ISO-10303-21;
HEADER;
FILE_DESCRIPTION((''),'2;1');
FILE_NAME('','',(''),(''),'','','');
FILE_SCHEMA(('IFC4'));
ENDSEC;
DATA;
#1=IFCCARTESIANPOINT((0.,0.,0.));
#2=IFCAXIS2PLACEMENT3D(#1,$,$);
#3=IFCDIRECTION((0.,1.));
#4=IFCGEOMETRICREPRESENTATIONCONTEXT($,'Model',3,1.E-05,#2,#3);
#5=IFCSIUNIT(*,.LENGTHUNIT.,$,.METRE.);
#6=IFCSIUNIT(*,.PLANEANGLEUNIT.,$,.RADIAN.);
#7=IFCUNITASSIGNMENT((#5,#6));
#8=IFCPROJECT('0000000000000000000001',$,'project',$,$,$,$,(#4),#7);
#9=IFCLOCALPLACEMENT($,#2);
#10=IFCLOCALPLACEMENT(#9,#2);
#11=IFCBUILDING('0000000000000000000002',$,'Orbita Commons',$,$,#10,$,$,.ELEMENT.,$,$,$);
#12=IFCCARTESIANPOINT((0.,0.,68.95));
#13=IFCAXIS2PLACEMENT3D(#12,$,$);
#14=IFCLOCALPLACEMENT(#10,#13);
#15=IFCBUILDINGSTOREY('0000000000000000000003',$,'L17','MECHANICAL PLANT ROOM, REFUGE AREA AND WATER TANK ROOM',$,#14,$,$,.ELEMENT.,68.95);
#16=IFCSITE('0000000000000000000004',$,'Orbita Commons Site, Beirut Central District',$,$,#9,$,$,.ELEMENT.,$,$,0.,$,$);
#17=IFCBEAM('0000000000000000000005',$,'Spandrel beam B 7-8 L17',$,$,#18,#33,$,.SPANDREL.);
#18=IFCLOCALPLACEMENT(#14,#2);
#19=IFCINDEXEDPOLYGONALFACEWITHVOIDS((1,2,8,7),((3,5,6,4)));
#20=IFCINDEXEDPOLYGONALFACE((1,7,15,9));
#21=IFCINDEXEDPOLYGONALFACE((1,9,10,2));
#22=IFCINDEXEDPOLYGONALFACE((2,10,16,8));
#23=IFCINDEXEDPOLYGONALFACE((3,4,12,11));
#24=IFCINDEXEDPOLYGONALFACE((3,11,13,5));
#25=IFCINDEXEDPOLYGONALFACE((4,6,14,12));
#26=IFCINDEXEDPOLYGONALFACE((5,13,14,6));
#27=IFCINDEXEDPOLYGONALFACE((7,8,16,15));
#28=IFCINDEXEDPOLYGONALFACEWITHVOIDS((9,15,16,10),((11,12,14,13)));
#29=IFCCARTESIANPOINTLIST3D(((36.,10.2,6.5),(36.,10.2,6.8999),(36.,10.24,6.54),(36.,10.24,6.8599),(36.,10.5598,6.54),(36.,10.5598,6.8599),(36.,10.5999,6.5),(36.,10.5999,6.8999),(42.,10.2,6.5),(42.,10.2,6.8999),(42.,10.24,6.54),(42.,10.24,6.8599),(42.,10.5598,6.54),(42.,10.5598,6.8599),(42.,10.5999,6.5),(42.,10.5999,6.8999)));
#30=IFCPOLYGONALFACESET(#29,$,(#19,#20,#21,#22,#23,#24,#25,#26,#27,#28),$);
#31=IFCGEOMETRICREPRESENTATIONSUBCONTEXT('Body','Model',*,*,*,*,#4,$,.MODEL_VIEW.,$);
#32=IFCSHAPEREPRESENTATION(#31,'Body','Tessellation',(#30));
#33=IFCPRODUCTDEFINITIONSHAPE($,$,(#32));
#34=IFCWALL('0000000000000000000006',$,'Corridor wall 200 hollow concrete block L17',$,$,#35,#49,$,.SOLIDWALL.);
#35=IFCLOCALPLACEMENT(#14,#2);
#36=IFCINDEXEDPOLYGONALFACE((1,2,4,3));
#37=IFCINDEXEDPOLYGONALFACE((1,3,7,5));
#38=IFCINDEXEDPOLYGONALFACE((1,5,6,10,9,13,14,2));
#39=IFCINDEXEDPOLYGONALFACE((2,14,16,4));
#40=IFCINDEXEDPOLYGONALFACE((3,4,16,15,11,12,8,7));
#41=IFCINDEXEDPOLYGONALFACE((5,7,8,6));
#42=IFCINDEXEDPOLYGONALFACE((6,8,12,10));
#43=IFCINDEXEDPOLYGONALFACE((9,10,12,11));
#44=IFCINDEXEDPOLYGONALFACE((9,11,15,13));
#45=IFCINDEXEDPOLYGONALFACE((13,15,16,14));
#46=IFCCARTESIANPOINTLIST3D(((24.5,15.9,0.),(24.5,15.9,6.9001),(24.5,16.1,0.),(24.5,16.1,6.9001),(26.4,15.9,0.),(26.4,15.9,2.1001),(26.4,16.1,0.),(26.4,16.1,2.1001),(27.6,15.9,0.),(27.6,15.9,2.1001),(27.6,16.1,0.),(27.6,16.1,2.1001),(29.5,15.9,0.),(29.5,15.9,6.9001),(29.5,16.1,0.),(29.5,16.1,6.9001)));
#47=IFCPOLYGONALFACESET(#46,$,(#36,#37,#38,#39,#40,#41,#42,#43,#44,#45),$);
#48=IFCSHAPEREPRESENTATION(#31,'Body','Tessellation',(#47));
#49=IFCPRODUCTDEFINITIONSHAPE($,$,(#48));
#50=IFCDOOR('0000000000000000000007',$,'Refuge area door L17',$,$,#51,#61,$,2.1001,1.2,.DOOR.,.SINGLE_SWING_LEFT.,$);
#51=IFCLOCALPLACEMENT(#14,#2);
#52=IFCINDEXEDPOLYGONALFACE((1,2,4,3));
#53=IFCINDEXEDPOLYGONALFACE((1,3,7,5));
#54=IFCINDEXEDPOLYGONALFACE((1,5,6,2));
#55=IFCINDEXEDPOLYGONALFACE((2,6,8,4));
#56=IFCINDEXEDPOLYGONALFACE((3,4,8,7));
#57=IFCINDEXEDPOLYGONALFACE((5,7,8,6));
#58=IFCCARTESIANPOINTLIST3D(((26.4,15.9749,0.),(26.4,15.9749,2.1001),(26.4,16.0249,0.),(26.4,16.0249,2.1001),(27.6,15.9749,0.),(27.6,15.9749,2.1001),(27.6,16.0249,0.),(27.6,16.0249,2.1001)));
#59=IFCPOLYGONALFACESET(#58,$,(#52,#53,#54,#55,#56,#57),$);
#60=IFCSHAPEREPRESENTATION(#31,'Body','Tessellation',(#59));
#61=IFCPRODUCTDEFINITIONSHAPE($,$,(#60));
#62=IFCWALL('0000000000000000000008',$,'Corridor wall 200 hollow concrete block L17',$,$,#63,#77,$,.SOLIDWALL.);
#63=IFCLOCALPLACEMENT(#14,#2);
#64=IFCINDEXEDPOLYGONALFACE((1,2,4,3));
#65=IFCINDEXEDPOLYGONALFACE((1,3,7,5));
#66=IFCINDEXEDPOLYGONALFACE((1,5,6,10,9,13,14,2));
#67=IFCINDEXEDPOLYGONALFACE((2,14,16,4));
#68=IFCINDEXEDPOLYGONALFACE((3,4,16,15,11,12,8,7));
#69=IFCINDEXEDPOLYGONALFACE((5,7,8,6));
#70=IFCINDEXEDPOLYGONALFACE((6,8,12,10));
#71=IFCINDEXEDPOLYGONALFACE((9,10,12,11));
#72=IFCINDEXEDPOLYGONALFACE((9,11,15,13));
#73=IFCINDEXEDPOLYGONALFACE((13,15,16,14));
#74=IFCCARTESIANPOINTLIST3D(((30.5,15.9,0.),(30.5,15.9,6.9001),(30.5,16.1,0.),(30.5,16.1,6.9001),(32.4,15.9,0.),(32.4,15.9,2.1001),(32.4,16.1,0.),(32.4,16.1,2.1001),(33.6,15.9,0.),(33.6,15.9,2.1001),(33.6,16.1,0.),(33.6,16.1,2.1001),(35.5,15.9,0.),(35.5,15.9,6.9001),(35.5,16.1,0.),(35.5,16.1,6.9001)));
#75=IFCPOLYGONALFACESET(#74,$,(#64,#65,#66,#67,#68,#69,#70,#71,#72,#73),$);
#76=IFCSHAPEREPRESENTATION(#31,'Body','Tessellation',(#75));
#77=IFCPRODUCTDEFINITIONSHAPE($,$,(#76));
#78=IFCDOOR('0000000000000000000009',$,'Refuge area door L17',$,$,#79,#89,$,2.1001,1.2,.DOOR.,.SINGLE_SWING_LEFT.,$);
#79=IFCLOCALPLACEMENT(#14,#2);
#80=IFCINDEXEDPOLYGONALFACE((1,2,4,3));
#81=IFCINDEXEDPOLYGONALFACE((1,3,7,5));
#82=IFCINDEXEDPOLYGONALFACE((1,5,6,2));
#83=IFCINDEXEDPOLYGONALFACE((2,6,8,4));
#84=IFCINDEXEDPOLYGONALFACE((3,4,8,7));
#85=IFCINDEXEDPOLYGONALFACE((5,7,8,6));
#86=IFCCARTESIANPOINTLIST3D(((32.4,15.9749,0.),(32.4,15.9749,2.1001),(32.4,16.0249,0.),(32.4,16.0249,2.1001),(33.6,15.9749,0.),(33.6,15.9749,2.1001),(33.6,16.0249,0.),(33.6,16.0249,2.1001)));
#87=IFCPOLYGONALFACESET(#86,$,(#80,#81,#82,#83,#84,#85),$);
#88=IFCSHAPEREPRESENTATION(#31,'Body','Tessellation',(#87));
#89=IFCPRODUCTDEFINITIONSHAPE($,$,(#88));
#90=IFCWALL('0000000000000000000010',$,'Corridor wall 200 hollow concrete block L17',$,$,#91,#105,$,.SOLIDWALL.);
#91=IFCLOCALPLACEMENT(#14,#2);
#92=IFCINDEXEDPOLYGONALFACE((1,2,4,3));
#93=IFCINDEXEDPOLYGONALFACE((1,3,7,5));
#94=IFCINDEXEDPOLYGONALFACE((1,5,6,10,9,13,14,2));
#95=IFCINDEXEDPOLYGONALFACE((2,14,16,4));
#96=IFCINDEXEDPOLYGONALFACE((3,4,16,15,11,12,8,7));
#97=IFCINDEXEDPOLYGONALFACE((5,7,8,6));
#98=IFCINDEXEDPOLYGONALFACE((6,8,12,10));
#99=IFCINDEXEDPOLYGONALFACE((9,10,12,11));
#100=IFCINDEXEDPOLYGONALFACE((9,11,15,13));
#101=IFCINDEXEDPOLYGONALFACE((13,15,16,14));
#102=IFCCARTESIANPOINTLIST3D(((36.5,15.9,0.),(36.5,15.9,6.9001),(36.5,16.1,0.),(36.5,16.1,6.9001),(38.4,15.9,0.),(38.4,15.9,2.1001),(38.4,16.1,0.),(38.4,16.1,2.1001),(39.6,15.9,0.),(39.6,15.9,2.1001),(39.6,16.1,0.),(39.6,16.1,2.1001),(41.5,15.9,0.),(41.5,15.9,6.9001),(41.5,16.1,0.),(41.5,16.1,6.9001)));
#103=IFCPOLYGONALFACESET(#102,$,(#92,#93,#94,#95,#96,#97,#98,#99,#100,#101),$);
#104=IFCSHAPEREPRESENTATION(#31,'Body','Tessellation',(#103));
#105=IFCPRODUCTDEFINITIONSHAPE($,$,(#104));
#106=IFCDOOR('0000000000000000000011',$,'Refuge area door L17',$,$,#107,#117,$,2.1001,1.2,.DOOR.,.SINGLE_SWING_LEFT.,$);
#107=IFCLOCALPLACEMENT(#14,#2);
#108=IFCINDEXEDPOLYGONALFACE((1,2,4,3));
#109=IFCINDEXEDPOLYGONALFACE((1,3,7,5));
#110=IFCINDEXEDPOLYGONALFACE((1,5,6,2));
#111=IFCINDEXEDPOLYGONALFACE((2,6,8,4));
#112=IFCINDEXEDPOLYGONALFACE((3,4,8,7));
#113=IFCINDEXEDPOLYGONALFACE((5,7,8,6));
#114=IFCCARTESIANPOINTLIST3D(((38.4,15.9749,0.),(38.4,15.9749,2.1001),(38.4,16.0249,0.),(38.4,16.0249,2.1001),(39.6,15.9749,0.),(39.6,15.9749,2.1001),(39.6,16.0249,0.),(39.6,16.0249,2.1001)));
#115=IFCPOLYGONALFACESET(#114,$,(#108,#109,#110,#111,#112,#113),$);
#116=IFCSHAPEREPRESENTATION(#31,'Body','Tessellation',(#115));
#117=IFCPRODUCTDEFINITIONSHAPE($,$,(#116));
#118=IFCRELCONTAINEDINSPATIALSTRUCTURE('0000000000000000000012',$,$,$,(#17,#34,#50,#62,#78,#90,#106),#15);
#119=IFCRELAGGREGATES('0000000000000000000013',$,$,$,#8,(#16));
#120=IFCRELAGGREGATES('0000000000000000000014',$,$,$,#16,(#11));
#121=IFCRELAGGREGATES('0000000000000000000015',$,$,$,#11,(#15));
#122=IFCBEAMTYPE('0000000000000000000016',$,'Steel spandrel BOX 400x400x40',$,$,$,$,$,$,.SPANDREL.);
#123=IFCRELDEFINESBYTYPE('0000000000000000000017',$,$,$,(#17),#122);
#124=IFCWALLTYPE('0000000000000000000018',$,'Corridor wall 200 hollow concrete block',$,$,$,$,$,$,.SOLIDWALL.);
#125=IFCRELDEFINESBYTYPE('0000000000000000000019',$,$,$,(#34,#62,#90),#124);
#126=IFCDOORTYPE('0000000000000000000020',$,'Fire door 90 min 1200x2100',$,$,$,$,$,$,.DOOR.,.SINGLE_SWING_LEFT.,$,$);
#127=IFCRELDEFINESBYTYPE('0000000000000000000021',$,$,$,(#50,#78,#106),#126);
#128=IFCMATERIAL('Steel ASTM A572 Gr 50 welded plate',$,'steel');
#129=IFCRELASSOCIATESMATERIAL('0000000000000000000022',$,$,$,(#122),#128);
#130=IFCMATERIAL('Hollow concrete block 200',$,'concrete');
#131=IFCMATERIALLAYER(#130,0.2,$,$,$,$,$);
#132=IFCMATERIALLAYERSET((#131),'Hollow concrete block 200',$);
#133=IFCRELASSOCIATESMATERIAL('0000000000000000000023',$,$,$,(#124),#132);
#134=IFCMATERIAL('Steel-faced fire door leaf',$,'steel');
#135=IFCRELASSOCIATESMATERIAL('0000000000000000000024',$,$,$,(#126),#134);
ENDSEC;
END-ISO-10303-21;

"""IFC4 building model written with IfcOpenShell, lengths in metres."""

from ifc_helpers import new_model, si_unit, direction, frame, frame_2d, origin, origin_2d, place, context, subcontext, project, spatial, rectangle, hollow_rectangle, extrude, material, layer, layer_set, material_profile, profile_set, type_object, element, fill, save


model = new_model("IFC4")

# Units and contexts
model_context = context("Model", 3, precision=1e-05, world=origin(), true_north=direction((0.0, 1.0)))
body_context = subcontext(model_context, "Body", "Model", "MODEL_VIEW")
ifc_project = project(units=[si_unit("LENGTHUNIT", "METRE"), si_unit("PLANEANGLEUNIT", "RADIAN")], contexts=[model_context])

# Site, building, storey
site_placement = place(None, origin())
site = spatial("IfcSite", under=ifc_project, at=site_placement, Name="Orbita Commons Site, Beirut Central District", CompositionType="ELEMENT", RefElevation=0.0)
building_placement = place(site_placement, origin())
building = spatial("IfcBuilding", under=site, at=building_placement, Name="Orbita Commons", CompositionType="ELEMENT")
storey_placement = place(building_placement, frame((0.0, 0.0, 68.95)))
storey = spatial("IfcBuildingStorey", under=building, at=storey_placement, Name="L17", Description="MECHANICAL PLANT ROOM, REFUGE AREA AND WATER TANK ROOM", CompositionType="ELEMENT", Elevation=68.95)

# Beam
ifc_material_1 = material(Name="Steel ASTM A572 Gr 50 welded plate", Category="steel")
ifc_material_profile_1 = material_profile(ifc_material_1, hollow_rectangle(XDim=0.3999, YDim=0.3999, WallThickness=0.04, at=origin_2d()), Name="BOX 400x400x40")
ifc_profile_set_1 = profile_set([ifc_material_profile_1], Name="Steel ASTM A572 Gr 50 welded plate")
beam_type_1 = type_object("IfcBeamType", Name="Steel spandrel BOX 400x400x40", PredefinedType="SPANDREL", material=ifc_profile_set_1)
beam_placement = place(storey_placement, frame((36.0, 10.3999, 6.7), z_axis=(1.0, 0.0, 0.0), x_axis=(0.0, 1.0, 0.0)))
element("IfcBeam", 1, at=beam_placement, inside=storey, type_object=beam_type_1, Name="Spandrel beam B 7-8 L17", PredefinedType="SPANDREL", context=body_context, shape_type="SweptSolid", body=[
    extrude(hollow_rectangle(XDim=0.3999, YDim=0.3999, WallThickness=0.04, at=origin_2d()), origin(), (0.0, 0.0, 1.0), 6.0),
])

# Walls, openings, doors
ifc_material_2 = material(Name="Hollow concrete block 200", Category="concrete")
ifc_layer = layer(ifc_material_2, 0.2)
ifc_layer_set = layer_set([ifc_layer], Name="Hollow concrete block 200")
wall_type = type_object("IfcWallType", Name="Corridor wall 200 hollow concrete block", PredefinedType="SOLIDWALL", material=ifc_layer_set)
wall_1_placement = place(storey_placement, frame((24.5, 16.0, 0.0), z_axis=(0.0, 0.0, 1.0), x_axis=(1.0, 0.0, 0.0)))
wall_1 = element("IfcWall", 2, at=wall_1_placement, inside=storey, type_object=wall_type, Name="Corridor wall 200 hollow concrete block L17", PredefinedType="SOLIDWALL", context=body_context, shape_type="SweptSolid", body=[
    extrude(rectangle(XDim=5.0, YDim=0.2, at=frame_2d((2.5, 0.0))), origin(), (0.0, 0.0, 1.0), 6.9001),
])
opening_1_placement = place(wall_1_placement, frame((1.8999, 0.0, 0.0)))
opening_1 = element("IfcOpeningElement", 3, at=opening_1_placement, cuts=wall_1, PredefinedType="OPENING", context=body_context, shape_type="SweptSolid", body=[
    extrude(rectangle(XDim=1.2, YDim=2.1001, at=frame_2d((0.6001, 1.05))), frame((0.0, 0.1099, 0.0), z_axis=(0.0, -1.0, 0.0), x_axis=(1.0, 0.0, 0.0)), (0.0, 0.0, 1.0), 0.22),
])
ifc_material_3 = material(Name="Steel-faced fire door leaf", Category="steel")
door_type = type_object("IfcDoorType", Name="Fire door 90 min 1200x2100", OperationType="SINGLE_SWING_LEFT", PredefinedType="DOOR", material=ifc_material_3)
door_1_placement = place(opening_1_placement, origin())
door_1 = element("IfcDoor", 4, at=door_1_placement, inside=storey, type_object=door_type, Name="Refuge area door L17", OperationType="SINGLE_SWING_LEFT", OverallHeight=2.1001, OverallWidth=1.2, PredefinedType="DOOR", context=body_context, shape_type="SweptSolid", body=[
    extrude(rectangle(XDim=1.2, YDim=2.1001, at=frame_2d((0.6001, 1.05))), frame((0.0, 0.0249, 0.0), z_axis=(0.0, -1.0, 0.0), x_axis=(1.0, 0.0, 0.0)), (0.0, 0.0, 1.0), 0.05),
])
fill(opening_1, door_1)
wall_2_placement = place(storey_placement, frame((30.5, 16.0, 0.0), z_axis=(0.0, 0.0, 1.0), x_axis=(1.0, 0.0, 0.0)))
wall_2 = element("IfcWall", 5, at=wall_2_placement, inside=storey, type_object=wall_type, Name="Corridor wall 200 hollow concrete block L17", PredefinedType="SOLIDWALL", context=body_context, shape_type="SweptSolid", body=[
    extrude(rectangle(XDim=5.0, YDim=0.2, at=frame_2d((2.5, 0.0))), origin(), (0.0, 0.0, 1.0), 6.9001),
])
opening_2_placement = place(wall_2_placement, frame((1.8999, 0.0, 0.0)))
opening_2 = element("IfcOpeningElement", 6, at=opening_2_placement, cuts=wall_2, PredefinedType="OPENING", context=body_context, shape_type="SweptSolid", body=[
    extrude(rectangle(XDim=1.2, YDim=2.1001, at=frame_2d((0.6001, 1.05))), frame((0.0, 0.1099, 0.0), z_axis=(0.0, -1.0, 0.0), x_axis=(1.0, 0.0, 0.0)), (0.0, 0.0, 1.0), 0.22),
])
door_2_placement = place(opening_2_placement, origin())
door_2 = element("IfcDoor", 7, at=door_2_placement, inside=storey, type_object=door_type, Name="Refuge area door L17", OperationType="SINGLE_SWING_LEFT", OverallHeight=2.1001, OverallWidth=1.2, PredefinedType="DOOR", context=body_context, shape_type="SweptSolid", body=[
    extrude(rectangle(XDim=1.2, YDim=2.1001, at=frame_2d((0.6001, 1.05))), frame((0.0, 0.0249, 0.0), z_axis=(0.0, -1.0, 0.0), x_axis=(1.0, 0.0, 0.0)), (0.0, 0.0, 1.0), 0.05),
])
fill(opening_2, door_2)
wall_3_placement = place(storey_placement, frame((36.5, 16.0, 0.0), z_axis=(0.0, 0.0, 1.0), x_axis=(1.0, 0.0, 0.0)))
wall_3 = element("IfcWall", 8, at=wall_3_placement, inside=storey, type_object=wall_type, Name="Corridor wall 200 hollow concrete block L17", PredefinedType="SOLIDWALL", context=body_context, shape_type="SweptSolid", body=[
    extrude(rectangle(XDim=5.0, YDim=0.2, at=frame_2d((2.5, 0.0))), origin(), (0.0, 0.0, 1.0), 6.9001),
])
opening_3_placement = place(wall_3_placement, frame((1.8999, 0.0, 0.0)))
opening_3 = element("IfcOpeningElement", 9, at=opening_3_placement, cuts=wall_3, PredefinedType="OPENING", context=body_context, shape_type="SweptSolid", body=[
    extrude(rectangle(XDim=1.2, YDim=2.1001, at=frame_2d((0.6001, 1.05))), frame((0.0, 0.1099, 0.0), z_axis=(0.0, -1.0, 0.0), x_axis=(1.0, 0.0, 0.0)), (0.0, 0.0, 1.0), 0.22),
])
door_3_placement = place(opening_3_placement, origin())
door_3 = element("IfcDoor", 10, at=door_3_placement, inside=storey, type_object=door_type, Name="Refuge area door L17", OperationType="SINGLE_SWING_LEFT", OverallHeight=2.1001, OverallWidth=1.2, PredefinedType="DOOR", context=body_context, shape_type="SweptSolid", body=[
    extrude(rectangle(XDim=1.2, YDim=2.1001, at=frame_2d((0.6001, 1.05))), frame((0.0, 0.0249, 0.0), z_axis=(0.0, -1.0, 0.0), x_axis=(1.0, 0.0, 0.0)), (0.0, 0.0, 1.0), 0.05),
])
fill(opening_3, door_3)

save(model, "model.ifc")
